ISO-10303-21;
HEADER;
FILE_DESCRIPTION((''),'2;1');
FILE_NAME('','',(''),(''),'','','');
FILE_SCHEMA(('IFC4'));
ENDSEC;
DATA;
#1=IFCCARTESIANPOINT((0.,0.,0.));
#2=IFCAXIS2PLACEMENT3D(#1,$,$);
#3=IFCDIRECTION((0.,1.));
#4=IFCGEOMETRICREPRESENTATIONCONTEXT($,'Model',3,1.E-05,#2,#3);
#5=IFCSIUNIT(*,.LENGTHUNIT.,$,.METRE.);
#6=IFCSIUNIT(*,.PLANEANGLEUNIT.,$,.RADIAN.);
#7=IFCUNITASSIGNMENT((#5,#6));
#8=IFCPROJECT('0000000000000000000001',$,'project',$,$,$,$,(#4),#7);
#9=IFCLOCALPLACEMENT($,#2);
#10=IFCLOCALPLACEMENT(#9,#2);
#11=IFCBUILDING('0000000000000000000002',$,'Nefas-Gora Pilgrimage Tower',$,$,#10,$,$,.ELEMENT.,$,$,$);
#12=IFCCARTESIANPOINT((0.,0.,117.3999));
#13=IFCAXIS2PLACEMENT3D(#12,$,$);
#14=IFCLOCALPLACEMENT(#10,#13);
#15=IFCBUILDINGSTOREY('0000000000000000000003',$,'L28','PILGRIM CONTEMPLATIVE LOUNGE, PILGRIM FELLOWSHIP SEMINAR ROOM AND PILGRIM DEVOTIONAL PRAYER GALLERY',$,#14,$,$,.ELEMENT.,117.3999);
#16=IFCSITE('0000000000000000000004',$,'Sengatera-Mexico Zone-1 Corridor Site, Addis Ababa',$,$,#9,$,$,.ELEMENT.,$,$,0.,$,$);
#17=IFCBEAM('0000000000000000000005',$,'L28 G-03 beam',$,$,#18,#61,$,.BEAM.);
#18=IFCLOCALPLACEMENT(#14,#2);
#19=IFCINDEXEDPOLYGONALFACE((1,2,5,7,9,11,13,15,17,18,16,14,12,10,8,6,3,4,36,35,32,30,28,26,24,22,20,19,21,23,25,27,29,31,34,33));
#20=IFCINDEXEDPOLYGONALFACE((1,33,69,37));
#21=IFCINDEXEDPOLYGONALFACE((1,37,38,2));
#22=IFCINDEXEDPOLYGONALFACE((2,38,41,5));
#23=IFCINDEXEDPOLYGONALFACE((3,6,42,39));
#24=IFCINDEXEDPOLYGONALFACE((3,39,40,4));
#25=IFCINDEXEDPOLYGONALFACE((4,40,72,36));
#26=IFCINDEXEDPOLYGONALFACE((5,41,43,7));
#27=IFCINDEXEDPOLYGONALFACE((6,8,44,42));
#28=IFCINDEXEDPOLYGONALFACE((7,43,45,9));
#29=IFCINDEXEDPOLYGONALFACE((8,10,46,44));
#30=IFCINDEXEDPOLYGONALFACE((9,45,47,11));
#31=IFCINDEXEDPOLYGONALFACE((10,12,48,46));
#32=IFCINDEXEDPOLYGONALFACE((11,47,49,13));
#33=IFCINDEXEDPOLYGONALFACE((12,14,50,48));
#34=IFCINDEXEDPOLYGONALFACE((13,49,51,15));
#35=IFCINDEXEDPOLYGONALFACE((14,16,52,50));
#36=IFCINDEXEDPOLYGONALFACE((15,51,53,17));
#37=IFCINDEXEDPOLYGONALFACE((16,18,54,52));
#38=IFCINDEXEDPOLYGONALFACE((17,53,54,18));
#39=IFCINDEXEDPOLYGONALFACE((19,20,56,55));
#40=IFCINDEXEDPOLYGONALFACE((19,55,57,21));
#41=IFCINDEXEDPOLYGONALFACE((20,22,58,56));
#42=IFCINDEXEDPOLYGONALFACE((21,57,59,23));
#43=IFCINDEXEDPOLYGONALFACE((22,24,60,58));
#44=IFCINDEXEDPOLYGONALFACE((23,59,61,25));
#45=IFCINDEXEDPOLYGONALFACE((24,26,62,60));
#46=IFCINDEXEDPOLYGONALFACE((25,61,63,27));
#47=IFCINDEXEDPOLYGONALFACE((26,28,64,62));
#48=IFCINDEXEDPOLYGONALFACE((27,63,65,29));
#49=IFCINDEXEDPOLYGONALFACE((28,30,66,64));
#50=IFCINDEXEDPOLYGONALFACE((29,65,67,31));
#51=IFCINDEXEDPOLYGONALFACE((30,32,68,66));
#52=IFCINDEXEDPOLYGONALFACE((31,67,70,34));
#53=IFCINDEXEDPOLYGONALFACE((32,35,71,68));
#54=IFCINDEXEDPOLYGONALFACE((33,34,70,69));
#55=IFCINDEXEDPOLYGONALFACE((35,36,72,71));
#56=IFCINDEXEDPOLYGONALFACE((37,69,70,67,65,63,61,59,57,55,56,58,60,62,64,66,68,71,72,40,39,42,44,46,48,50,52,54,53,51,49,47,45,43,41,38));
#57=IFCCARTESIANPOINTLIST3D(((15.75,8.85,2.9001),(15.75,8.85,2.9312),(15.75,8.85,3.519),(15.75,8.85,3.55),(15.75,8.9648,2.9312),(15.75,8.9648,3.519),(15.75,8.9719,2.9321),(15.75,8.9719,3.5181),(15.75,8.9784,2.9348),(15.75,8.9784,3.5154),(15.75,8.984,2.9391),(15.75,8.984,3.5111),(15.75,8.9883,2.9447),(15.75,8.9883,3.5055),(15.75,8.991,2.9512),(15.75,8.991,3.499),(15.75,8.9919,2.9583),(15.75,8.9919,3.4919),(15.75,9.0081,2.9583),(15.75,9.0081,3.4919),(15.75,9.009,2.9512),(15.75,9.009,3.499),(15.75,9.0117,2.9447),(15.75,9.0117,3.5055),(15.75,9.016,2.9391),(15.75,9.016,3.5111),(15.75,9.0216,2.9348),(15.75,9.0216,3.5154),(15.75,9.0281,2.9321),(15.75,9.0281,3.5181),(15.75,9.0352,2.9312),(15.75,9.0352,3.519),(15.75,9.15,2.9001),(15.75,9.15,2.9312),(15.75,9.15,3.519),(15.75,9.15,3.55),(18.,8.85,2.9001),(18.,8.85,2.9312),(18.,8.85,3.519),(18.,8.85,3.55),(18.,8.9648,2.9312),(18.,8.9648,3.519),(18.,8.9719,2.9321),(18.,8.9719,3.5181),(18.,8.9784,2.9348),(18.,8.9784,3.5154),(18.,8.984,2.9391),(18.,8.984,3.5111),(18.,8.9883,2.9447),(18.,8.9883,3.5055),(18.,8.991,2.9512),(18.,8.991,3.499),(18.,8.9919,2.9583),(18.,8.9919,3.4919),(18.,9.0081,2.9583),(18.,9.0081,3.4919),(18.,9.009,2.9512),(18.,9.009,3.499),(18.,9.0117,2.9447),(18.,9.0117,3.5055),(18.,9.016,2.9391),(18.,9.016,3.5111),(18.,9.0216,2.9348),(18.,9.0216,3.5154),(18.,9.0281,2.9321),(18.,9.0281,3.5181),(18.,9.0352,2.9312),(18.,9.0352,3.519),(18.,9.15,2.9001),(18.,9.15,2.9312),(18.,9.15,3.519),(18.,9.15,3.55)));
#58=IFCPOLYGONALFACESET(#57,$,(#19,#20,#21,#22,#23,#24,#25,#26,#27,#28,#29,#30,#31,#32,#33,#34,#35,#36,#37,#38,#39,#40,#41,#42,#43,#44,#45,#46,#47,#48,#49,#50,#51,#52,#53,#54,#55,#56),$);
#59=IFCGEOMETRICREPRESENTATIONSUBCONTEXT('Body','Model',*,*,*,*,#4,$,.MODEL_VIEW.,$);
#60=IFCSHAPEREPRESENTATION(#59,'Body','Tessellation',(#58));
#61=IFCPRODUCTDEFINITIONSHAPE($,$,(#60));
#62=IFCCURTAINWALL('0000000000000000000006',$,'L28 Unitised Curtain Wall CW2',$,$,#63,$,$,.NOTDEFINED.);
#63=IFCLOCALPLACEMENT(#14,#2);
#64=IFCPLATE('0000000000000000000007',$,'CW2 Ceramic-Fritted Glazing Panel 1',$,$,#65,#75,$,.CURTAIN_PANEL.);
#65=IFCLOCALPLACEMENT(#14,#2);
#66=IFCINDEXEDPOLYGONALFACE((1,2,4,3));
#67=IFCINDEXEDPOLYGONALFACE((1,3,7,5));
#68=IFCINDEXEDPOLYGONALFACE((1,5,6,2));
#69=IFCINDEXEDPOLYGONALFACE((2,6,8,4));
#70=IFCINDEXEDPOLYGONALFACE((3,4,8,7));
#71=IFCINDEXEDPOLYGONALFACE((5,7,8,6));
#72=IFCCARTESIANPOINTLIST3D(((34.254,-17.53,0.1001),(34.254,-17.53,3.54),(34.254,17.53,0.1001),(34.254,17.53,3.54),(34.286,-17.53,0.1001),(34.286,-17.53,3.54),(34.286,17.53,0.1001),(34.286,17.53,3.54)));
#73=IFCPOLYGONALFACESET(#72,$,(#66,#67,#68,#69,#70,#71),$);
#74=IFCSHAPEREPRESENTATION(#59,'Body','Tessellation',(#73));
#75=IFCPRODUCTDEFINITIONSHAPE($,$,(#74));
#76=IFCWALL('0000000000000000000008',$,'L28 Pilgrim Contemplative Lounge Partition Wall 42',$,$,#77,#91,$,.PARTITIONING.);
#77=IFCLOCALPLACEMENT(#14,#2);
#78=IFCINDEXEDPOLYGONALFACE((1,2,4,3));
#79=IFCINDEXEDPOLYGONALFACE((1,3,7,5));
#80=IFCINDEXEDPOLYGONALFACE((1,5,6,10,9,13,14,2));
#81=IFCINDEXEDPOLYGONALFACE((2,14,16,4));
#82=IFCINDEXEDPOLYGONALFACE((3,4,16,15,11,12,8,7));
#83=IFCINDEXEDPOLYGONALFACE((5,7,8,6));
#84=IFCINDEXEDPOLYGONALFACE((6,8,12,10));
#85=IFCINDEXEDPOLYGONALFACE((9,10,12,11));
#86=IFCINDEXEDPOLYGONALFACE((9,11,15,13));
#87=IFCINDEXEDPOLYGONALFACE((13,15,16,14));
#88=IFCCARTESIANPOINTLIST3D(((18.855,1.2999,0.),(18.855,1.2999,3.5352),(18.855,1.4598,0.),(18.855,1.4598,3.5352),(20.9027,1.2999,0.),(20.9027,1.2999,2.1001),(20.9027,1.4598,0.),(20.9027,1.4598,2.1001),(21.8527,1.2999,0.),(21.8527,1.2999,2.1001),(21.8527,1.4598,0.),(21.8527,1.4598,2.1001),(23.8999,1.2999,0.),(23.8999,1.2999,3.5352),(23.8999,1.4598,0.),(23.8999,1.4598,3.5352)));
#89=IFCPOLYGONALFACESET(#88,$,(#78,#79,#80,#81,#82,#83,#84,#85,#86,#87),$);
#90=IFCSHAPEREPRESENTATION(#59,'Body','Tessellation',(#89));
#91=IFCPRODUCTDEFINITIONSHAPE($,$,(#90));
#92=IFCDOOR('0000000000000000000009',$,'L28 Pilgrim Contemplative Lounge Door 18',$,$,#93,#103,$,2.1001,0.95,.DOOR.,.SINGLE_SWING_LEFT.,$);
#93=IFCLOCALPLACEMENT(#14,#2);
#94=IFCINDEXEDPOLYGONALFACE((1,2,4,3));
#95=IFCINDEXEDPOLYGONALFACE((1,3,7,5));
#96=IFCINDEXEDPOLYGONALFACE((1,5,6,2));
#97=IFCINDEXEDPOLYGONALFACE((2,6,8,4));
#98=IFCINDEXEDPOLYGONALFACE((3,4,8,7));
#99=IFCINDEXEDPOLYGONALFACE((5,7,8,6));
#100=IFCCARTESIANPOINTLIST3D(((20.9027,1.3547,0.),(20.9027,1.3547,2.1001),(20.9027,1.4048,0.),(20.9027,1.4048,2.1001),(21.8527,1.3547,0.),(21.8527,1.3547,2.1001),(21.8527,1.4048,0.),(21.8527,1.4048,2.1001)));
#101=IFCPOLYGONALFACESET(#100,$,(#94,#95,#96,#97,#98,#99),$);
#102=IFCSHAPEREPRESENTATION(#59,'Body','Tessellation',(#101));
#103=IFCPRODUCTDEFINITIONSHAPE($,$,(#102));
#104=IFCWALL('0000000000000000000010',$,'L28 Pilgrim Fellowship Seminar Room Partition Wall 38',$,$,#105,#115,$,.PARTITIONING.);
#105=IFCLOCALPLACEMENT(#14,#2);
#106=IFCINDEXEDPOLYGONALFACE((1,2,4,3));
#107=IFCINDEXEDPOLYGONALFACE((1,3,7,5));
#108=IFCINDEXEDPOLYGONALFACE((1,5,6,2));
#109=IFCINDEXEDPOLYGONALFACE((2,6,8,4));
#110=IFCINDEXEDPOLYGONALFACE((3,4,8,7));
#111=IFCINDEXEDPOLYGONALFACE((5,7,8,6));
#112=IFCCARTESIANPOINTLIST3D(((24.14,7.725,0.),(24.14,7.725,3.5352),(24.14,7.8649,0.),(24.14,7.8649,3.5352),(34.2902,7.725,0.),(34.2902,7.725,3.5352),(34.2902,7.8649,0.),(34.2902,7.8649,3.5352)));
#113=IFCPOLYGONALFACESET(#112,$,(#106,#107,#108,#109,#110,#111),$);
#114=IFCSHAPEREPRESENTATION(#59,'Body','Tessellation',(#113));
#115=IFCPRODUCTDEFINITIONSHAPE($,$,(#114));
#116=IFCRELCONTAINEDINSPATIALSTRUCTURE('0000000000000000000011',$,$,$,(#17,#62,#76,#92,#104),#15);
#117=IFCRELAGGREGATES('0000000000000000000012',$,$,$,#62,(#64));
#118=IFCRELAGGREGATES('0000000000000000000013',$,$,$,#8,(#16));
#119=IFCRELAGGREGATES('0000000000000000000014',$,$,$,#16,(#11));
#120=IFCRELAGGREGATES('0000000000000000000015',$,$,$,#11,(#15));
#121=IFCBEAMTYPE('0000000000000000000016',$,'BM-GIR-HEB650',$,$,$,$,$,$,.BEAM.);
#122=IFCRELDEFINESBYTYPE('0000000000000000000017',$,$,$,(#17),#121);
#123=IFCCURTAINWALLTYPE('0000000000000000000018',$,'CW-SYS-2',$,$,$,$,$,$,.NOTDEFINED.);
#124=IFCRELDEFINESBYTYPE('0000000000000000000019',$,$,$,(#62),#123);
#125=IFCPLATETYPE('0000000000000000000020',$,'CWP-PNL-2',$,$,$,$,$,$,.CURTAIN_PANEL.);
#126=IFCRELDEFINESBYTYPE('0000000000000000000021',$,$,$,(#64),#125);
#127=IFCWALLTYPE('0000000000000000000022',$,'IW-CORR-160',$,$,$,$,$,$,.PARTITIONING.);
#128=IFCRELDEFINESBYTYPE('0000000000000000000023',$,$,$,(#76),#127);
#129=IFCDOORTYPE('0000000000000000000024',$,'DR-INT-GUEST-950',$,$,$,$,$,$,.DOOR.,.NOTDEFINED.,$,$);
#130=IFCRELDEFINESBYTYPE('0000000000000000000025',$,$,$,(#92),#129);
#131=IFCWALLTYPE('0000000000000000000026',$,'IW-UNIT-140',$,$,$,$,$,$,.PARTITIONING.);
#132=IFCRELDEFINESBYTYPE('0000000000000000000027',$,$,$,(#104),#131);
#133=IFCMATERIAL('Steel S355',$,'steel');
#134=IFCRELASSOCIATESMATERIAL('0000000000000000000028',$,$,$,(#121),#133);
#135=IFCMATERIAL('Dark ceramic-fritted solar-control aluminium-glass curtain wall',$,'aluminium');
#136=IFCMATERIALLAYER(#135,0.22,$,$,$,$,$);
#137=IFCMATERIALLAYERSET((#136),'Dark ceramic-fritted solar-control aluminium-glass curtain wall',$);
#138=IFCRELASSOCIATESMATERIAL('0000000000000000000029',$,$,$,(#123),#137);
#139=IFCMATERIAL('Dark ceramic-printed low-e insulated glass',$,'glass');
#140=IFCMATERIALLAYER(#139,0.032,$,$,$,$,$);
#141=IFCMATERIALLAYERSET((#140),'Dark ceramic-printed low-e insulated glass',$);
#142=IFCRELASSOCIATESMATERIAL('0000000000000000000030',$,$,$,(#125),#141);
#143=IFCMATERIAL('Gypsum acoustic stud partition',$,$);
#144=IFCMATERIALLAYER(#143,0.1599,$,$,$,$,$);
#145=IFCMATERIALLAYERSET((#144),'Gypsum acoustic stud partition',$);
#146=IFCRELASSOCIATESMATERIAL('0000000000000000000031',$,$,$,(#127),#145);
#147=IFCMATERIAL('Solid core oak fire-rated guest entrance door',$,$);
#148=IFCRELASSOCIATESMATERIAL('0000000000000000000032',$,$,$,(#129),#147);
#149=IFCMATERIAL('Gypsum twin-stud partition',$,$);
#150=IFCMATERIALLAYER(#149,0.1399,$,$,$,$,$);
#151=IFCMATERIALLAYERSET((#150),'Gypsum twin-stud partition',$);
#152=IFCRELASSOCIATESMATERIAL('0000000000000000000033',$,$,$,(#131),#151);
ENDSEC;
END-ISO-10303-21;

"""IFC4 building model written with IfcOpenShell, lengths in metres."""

from ifc_helpers import new_model, si_unit, direction, frame, frame_2d, origin, origin_2d, place, context, subcontext, project, spatial, rectangle, i_section, extrude, source, transform, mapped, material, layer, layer_set, material_profile, profile_set, type_object, element, fill, aggregate, save


model = new_model("IFC4")

# Units and contexts
model_context = context("Model", 3, precision=1e-05, world=origin(), true_north=direction((0.0, 1.0)))
body_context = subcontext(model_context, "Body", "Model", "MODEL_VIEW")
ifc_project = project(units=[si_unit("LENGTHUNIT", "METRE"), si_unit("PLANEANGLEUNIT", "RADIAN")], contexts=[model_context])

# Site, building, storey
site_placement = place(None, origin())
site = spatial("IfcSite", under=ifc_project, at=site_placement, Name="Sengatera-Mexico Zone-1 Corridor Site, Addis Ababa", CompositionType="ELEMENT", RefElevation=0.0)
building_placement = place(site_placement, origin())
building = spatial("IfcBuilding", under=site, at=building_placement, Name="Nefas-Gora Pilgrimage Tower", CompositionType="ELEMENT")
storey_placement = place(building_placement, frame((0.0, 0.0, 117.3999)))
storey = spatial("IfcBuildingStorey", under=building, at=storey_placement, Name="L28", Description="PILGRIM CONTEMPLATIVE LOUNGE, PILGRIM FELLOWSHIP SEMINAR ROOM AND PILGRIM DEVOTIONAL PRAYER GALLERY", CompositionType="ELEMENT", Elevation=117.3999)

# Beam
ifc_material_1 = material(Name="Steel S355", Category="steel")
ifc_material_profile_1 = material_profile(ifc_material_1, i_section(OverallWidth=0.3, OverallDepth=0.6499, WebThickness=0.0161, FlangeThickness=0.031, FilletRadius=0.0271, at=origin_2d()), Name="HEB 650")
ifc_profile_set_1 = profile_set([ifc_material_profile_1], Name="Steel S355")
beam_type_1 = type_object("IfcBeamType", Name="BM-GIR-HEB650", PredefinedType="BEAM", material=ifc_profile_set_1)
shared_shape_1 = source(origin(), body_context, "Body", "SweptSolid", [
    extrude(i_section(OverallWidth=0.3, OverallDepth=0.6499, WebThickness=0.0161, FlangeThickness=0.031, FilletRadius=0.0271, at=origin_2d()), origin(), (0.0, 0.0, 1.0), 2.25),
])
beam_placement = place(storey_placement, frame((15.75, 9.0, 3.2251), z_axis=(1.0, 0.0, 0.0), x_axis=(0.0, 1.0, 0.0)))
element("IfcBeam", 1, at=beam_placement, inside=storey, type_object=beam_type_1, Name="L28 G-03 beam", PredefinedType="BEAM", context=body_context, shape_type="MappedRepresentation", body=[
    mapped(shared_shape_1, transform((0.0, 0.0, 0.0), x_axis=(1.0, 0.0, 0.0), y_axis=(0.0, 1.0, 0.0), z_axis=(0.0, 0.0, 1.0), scale=1.0)),
])

# Curtain wall, plate
ifc_material_2 = material(Name="Dark ceramic-fritted solar-control aluminium-glass curtain wall", Category="aluminium")
ifc_layer_1 = layer(ifc_material_2, 0.22)
ifc_layer_set_1 = layer_set([ifc_layer_1], Name="Dark ceramic-fritted solar-control aluminium-glass curtain wall")
curtain_wall_type = type_object("IfcCurtainWallType", Name="CW-SYS-2", PredefinedType="NOTDEFINED", material=ifc_layer_set_1)
curtain_wall_placement = place(storey_placement, origin())
curtain_wall = element("IfcCurtainWall", 2, at=curtain_wall_placement, inside=storey, type_object=curtain_wall_type, Name="L28 Unitised Curtain Wall CW2", PredefinedType="NOTDEFINED")
ifc_material_3 = material(Name="Dark ceramic-printed low-e insulated glass", Category="glass")
ifc_layer_2 = layer(ifc_material_3, 0.032)
ifc_layer_set_2 = layer_set([ifc_layer_2], Name="Dark ceramic-printed low-e insulated glass")
plate_type = type_object("IfcPlateType", Name="CWP-PNL-2", PredefinedType="CURTAIN_PANEL", material=ifc_layer_set_2)
shared_shape_2 = source(origin(), body_context, "Body", "SweptSolid", [
    extrude(rectangle(XDim=35.0601, YDim=0.032, at=origin_2d()), origin(), (0.0, 0.0, 1.0), 3.4399),
])
plate_placement = place(storey_placement, frame((34.27, 0.0, 0.1001), z_axis=(0.0, 0.0, 1.0), x_axis=(0.0, 1.0, 0.0)))
plate = element("IfcPlate", 3, at=plate_placement, type_object=plate_type, Name="CW2 Ceramic-Fritted Glazing Panel 1", PredefinedType="CURTAIN_PANEL", context=body_context, shape_type="MappedRepresentation", body=[
    mapped(shared_shape_2, transform((0.0, 0.0, 0.0), x_axis=(1.0, 0.0, 0.0), y_axis=(0.0, 1.0, 0.0), z_axis=(0.0, 0.0, 1.0), scale=1.0)),
])
aggregate(curtain_wall, [plate])

# Wall, opening, door
ifc_material_4 = material(Name="Gypsum acoustic stud partition")
ifc_layer_3 = layer(ifc_material_4, 0.1599)
ifc_layer_set_3 = layer_set([ifc_layer_3], Name="Gypsum acoustic stud partition")
wall_type_1 = type_object("IfcWallType", Name="IW-CORR-160", PredefinedType="PARTITIONING", material=ifc_layer_set_3)
shared_shape_3 = source(origin(), body_context, "Body", "SweptSolid", [
    extrude(rectangle(XDim=5.0449, YDim=0.1599, at=frame_2d((2.5225, 0.0))), origin(), (0.0, 0.0, 1.0), 3.5352),
])
wall_1_placement = place(storey_placement, frame((18.855, 1.3799, 0.0), z_axis=(0.0, 0.0, 1.0), x_axis=(1.0, 0.0, 0.0)))
wall_1 = element("IfcWall", 4, at=wall_1_placement, inside=storey, type_object=wall_type_1, Name="L28 Pilgrim Contemplative Lounge Partition Wall 42", PredefinedType="PARTITIONING", context=body_context, shape_type="MappedRepresentation", body=[
    mapped(shared_shape_3, transform((0.0, 0.0, 0.0), x_axis=(1.0, 0.0, 0.0), y_axis=(0.0, 1.0, 0.0), z_axis=(0.0, 0.0, 1.0), scale=1.0)),
])
opening_placement = place(wall_1_placement, frame((2.0476, 0.0, 0.0)))
opening = element("IfcOpeningElement", 5, at=opening_placement, cuts=wall_1, PredefinedType="OPENING", context=body_context, shape_type="SweptSolid", body=[
    extrude(rectangle(XDim=0.95, YDim=2.1001, at=frame_2d((0.4751, 1.05))), frame((0.0, 0.0898, 0.0), z_axis=(0.0, -1.0, 0.0), x_axis=(1.0, 0.0, 0.0)), (0.0, 0.0, 1.0), 0.1799),
])
ifc_material_5 = material(Name="Solid core oak fire-rated guest entrance door")
door_type = type_object("IfcDoorType", Name="DR-INT-GUEST-950", OperationType="NOTDEFINED", PredefinedType="DOOR", material=ifc_material_5)
shared_shape_4 = source(origin(), body_context, "Body", "SweptSolid", [
    extrude(rectangle(XDim=0.95, YDim=2.1001, at=frame_2d((0.4751, 1.05))), frame((0.0, 0.0249, 0.0), z_axis=(0.0, -1.0, 0.0), x_axis=(1.0, 0.0, 0.0)), (0.0, 0.0, 1.0), 0.05),
])
door_placement = place(opening_placement, origin())
door = element("IfcDoor", 6, at=door_placement, inside=storey, type_object=door_type, Name="L28 Pilgrim Contemplative Lounge Door 18", OperationType="SINGLE_SWING_LEFT", OverallHeight=2.1001, OverallWidth=0.95, PredefinedType="DOOR", context=body_context, shape_type="MappedRepresentation", body=[
    mapped(shared_shape_4, transform((0.0, 0.0, 0.0), x_axis=(1.0, 0.0, 0.0), y_axis=(0.0, 1.0, 0.0), z_axis=(0.0, 0.0, 1.0), scale=1.0)),
])
fill(opening, door)

# Wall
ifc_material_6 = material(Name="Gypsum twin-stud partition")
ifc_layer_4 = layer(ifc_material_6, 0.1399)
ifc_layer_set_4 = layer_set([ifc_layer_4], Name="Gypsum twin-stud partition")
wall_type_2 = type_object("IfcWallType", Name="IW-UNIT-140", PredefinedType="PARTITIONING", material=ifc_layer_set_4)
shared_shape_5 = source(origin(), body_context, "Body", "SweptSolid", [
    extrude(rectangle(XDim=10.1501, YDim=0.1399, at=frame_2d((5.0752, 0.0))), origin(), (0.0, 0.0, 1.0), 3.5352),
])
wall_2_placement = place(storey_placement, frame((24.1399, 7.7949, 0.0), z_axis=(0.0, 0.0, 1.0), x_axis=(1.0, 0.0, 0.0)))
element("IfcWall", 7, at=wall_2_placement, inside=storey, type_object=wall_type_2, Name="L28 Pilgrim Fellowship Seminar Room Partition Wall 38", PredefinedType="PARTITIONING", context=body_context, shape_type="MappedRepresentation", body=[
    mapped(shared_shape_5, transform((0.0, 0.0, 0.0), x_axis=(1.0, 0.0, 0.0), y_axis=(0.0, 1.0, 0.0), z_axis=(0.0, 0.0, 1.0), scale=1.0)),
])

save(model, "model.ifc")
